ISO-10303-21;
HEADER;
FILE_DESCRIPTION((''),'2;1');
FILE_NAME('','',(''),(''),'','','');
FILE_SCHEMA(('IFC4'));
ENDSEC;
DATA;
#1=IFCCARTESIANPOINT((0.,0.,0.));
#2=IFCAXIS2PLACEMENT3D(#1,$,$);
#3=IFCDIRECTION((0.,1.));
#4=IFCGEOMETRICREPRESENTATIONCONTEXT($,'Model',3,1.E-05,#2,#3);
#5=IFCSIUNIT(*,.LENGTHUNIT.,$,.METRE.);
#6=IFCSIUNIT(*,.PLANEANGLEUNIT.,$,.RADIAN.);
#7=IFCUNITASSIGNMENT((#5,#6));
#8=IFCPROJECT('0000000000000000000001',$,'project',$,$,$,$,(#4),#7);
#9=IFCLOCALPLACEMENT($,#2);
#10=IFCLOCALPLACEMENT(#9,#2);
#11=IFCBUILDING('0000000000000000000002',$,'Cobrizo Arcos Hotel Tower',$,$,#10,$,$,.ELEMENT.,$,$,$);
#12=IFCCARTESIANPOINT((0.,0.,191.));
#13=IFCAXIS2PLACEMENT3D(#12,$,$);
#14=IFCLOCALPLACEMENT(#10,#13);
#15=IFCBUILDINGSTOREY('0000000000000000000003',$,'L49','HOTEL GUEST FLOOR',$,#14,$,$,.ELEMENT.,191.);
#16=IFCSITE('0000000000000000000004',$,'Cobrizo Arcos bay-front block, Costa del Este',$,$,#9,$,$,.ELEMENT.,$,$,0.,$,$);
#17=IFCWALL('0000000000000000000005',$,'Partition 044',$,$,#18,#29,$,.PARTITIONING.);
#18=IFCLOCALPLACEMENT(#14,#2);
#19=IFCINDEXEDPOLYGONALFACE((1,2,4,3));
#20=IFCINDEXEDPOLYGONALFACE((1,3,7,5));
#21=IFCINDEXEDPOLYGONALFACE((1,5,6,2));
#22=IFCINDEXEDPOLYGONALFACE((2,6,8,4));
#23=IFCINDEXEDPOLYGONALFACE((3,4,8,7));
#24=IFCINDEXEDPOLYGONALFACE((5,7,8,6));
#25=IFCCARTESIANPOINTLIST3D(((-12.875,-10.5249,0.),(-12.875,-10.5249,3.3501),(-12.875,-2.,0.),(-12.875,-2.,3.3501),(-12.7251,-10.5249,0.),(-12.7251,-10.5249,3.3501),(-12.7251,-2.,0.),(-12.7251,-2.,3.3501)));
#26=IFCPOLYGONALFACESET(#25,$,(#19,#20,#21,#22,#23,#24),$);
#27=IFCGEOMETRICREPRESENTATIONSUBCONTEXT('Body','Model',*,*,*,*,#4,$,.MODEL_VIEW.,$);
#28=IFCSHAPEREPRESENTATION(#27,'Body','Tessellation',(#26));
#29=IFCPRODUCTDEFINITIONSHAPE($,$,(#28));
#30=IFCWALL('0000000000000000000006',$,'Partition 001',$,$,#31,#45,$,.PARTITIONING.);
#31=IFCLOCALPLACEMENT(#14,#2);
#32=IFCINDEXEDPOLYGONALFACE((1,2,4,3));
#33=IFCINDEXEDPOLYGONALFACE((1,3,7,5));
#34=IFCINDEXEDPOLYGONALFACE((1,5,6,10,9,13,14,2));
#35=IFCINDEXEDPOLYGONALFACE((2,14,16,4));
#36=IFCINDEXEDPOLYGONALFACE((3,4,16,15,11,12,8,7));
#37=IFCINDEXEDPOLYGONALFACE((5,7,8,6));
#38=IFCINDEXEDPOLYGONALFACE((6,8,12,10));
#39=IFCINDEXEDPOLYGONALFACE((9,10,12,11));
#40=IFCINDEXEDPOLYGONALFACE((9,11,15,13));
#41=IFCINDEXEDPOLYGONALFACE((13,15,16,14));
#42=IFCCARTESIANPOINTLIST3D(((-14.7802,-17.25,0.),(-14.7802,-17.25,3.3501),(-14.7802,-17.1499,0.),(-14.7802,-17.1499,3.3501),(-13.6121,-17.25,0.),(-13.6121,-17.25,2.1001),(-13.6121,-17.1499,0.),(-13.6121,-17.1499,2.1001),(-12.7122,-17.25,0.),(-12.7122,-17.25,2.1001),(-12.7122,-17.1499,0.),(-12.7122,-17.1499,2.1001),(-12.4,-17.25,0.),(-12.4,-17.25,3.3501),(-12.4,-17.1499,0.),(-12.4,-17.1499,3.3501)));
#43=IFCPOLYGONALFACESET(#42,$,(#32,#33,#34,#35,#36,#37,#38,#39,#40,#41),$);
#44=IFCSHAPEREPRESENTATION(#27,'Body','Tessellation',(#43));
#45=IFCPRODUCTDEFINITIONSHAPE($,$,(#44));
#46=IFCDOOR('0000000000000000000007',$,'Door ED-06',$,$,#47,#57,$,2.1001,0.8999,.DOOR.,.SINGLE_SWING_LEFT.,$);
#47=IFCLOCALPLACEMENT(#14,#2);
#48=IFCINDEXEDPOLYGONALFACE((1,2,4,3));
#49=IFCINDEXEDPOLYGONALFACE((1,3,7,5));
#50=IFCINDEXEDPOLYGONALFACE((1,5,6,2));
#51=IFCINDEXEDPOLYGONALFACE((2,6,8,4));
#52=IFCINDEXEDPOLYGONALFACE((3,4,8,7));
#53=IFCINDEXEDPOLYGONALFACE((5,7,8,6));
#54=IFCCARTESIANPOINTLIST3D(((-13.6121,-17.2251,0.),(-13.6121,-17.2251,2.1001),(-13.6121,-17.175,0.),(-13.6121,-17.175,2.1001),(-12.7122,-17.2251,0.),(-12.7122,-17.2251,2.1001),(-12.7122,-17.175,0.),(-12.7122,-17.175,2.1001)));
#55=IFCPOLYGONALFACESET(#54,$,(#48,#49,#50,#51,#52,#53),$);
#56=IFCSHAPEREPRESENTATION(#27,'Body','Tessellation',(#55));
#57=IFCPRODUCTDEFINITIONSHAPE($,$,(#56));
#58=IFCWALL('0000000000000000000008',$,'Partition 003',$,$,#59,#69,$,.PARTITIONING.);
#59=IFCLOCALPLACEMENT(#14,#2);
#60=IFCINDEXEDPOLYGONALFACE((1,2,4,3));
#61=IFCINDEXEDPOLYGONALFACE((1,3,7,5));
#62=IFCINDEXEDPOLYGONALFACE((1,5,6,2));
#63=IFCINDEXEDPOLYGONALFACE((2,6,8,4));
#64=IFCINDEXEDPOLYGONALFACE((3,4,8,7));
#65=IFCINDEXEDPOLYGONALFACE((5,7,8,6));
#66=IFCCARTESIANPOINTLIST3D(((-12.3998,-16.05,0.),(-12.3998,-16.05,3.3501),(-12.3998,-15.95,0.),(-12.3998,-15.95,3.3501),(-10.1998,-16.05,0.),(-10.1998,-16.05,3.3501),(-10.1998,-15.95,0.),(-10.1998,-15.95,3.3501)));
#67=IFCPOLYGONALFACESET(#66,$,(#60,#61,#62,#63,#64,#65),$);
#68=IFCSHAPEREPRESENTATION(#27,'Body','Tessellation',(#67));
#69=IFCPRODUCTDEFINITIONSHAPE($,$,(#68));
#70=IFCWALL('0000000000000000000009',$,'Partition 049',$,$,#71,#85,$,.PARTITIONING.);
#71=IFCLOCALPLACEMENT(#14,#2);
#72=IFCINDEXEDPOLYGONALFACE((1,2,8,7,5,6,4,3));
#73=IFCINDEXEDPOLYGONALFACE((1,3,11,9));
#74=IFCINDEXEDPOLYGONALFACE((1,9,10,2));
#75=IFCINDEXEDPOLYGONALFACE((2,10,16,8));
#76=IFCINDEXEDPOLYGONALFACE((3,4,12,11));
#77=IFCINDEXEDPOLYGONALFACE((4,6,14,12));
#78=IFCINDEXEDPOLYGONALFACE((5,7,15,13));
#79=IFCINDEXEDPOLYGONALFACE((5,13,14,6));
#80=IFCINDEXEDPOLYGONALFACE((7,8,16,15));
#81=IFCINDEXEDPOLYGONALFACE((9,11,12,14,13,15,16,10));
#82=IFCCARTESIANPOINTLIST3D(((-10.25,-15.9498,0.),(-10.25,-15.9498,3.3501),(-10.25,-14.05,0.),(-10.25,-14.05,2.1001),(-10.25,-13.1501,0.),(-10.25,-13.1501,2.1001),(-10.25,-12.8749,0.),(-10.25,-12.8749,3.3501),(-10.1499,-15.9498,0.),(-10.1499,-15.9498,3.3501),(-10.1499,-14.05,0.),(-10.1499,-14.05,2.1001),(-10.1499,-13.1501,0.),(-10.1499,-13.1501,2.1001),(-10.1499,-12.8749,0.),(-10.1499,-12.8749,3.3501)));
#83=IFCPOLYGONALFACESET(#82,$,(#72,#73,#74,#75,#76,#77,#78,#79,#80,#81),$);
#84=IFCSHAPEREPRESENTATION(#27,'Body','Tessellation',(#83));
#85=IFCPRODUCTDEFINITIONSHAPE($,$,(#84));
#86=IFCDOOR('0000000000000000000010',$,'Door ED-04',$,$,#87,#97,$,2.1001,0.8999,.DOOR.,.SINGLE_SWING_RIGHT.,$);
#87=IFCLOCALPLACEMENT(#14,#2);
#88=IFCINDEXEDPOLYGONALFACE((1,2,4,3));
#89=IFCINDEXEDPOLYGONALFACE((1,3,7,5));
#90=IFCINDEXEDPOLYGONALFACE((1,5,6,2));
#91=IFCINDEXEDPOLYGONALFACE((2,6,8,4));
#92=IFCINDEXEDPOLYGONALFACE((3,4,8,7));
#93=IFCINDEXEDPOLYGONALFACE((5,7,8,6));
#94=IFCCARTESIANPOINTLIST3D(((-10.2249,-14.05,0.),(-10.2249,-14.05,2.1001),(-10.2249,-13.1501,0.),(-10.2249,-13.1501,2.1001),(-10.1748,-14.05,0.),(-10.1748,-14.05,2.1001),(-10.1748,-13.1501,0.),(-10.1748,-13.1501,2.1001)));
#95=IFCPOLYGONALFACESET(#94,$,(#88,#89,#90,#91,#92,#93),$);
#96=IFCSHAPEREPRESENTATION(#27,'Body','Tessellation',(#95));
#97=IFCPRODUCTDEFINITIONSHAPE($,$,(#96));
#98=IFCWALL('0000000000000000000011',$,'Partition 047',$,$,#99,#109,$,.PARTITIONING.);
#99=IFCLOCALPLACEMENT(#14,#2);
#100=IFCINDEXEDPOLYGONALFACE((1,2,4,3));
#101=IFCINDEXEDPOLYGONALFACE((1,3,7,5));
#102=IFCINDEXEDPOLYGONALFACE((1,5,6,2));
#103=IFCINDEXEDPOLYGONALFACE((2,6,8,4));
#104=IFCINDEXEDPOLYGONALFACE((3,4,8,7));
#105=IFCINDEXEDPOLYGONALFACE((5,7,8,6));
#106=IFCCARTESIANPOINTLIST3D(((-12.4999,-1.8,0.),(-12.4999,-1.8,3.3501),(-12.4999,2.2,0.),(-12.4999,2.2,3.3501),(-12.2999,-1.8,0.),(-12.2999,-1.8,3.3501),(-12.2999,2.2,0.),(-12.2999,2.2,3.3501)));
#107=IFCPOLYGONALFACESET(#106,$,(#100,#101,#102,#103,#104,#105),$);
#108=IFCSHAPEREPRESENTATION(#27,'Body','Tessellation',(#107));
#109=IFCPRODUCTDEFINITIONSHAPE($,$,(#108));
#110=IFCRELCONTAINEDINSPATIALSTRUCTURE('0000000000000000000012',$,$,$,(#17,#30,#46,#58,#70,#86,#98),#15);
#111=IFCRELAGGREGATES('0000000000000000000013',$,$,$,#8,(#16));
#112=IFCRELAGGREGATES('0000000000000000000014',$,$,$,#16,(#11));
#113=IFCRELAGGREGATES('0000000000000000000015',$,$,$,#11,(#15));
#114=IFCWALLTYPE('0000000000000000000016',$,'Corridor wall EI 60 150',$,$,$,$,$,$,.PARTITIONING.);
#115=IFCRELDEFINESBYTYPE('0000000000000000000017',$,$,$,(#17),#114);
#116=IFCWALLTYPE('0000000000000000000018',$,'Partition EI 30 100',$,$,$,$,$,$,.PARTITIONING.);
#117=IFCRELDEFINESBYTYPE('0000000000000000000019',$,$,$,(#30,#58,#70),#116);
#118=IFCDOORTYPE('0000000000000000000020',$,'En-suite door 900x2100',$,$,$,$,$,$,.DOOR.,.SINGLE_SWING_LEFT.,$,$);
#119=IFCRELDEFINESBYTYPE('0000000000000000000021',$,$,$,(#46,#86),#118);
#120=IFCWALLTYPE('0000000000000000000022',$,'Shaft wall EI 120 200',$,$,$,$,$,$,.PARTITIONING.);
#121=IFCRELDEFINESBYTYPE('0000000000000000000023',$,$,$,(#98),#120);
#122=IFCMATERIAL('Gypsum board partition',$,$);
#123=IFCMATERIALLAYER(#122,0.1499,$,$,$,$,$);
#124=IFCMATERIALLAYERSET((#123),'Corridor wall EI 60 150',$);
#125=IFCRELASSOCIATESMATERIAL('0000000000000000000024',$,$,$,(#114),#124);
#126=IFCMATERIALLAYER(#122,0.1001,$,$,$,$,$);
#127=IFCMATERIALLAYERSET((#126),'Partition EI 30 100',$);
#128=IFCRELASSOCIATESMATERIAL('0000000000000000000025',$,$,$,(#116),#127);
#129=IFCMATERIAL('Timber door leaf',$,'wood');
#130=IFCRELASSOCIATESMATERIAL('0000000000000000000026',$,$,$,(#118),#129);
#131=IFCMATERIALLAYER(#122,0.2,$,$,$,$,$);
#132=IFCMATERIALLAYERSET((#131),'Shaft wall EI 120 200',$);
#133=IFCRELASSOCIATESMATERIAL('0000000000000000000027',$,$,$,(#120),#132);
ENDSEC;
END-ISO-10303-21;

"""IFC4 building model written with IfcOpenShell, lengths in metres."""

from ifc_helpers import new_model, si_unit, direction, frame, frame_2d, origin, place, context, subcontext, project, spatial, rectangle, extrude, material, layer, layer_set, type_object, element, fill, save


model = new_model("IFC4")

# Units and contexts
model_context = context("Model", 3, precision=1e-05, world=origin(), true_north=direction((0.0, 1.0)))
body_context = subcontext(model_context, "Body", "Model", "MODEL_VIEW")
ifc_project = project(units=[si_unit("LENGTHUNIT", "METRE"), si_unit("PLANEANGLEUNIT", "RADIAN")], contexts=[model_context])

# Site, building, storey
site_placement = place(None, origin())
site = spatial("IfcSite", under=ifc_project, at=site_placement, Name="Cobrizo Arcos bay-front block, Costa del Este", CompositionType="ELEMENT", RefElevation=0.0)
building_placement = place(site_placement, origin())
building = spatial("IfcBuilding", under=site, at=building_placement, Name="Cobrizo Arcos Hotel Tower", CompositionType="ELEMENT")
storey_placement = place(building_placement, frame((0.0, 0.0, 191.0)))
storey = spatial("IfcBuildingStorey", under=building, at=storey_placement, Name="L49", Description="HOTEL GUEST FLOOR", CompositionType="ELEMENT", Elevation=191.0)

# Wall
ifc_material_1 = material(Name="Gypsum board partition")
ifc_layer_1 = layer(ifc_material_1, 0.1499)
ifc_layer_set_1 = layer_set([ifc_layer_1], Name="Corridor wall EI 60 150")
wall_type_1 = type_object("IfcWallType", Name="Corridor wall EI 60 150", PredefinedType="PARTITIONING", material=ifc_layer_set_1)
wall_1_placement = place(storey_placement, frame((-12.8, -10.5249, 0.0), z_axis=(0.0, 0.0, 1.0), x_axis=(0.0, 1.0, 0.0)))
element("IfcWall", 1, at=wall_1_placement, inside=storey, type_object=wall_type_1, Name="Partition 044", PredefinedType="PARTITIONING", context=body_context, shape_type="SweptSolid", body=[
    extrude(rectangle(XDim=8.5249, YDim=0.1499, at=frame_2d((4.2625, 0.0))), origin(), (0.0, 0.0, 1.0), 3.3501),
])

# Wall, opening, door
ifc_layer_2 = layer(ifc_material_1, 0.1001)
ifc_layer_set_2 = layer_set([ifc_layer_2], Name="Partition EI 30 100")
wall_type_2 = type_object("IfcWallType", Name="Partition EI 30 100", PredefinedType="PARTITIONING", material=ifc_layer_set_2)
wall_2_placement = place(storey_placement, frame((-14.78, -17.2, 0.0), z_axis=(0.0, 0.0, 1.0), x_axis=(1.0, 0.0, 0.0)))
wall_2 = element("IfcWall", 2, at=wall_2_placement, inside=storey, type_object=wall_type_2, Name="Partition 001", PredefinedType="PARTITIONING", context=body_context, shape_type="SweptSolid", body=[
    extrude(rectangle(XDim=2.3801, YDim=0.1001, at=frame_2d((1.1899, 0.0))), origin(), (0.0, 0.0, 1.0), 3.3501),
])
opening_1_placement = place(wall_2_placement, frame((1.168, 0.0, 0.0)))
opening_1 = element("IfcOpeningElement", 3, at=opening_1_placement, cuts=wall_2, PredefinedType="OPENING", context=body_context, shape_type="SweptSolid", body=[
    extrude(rectangle(XDim=0.8999, YDim=2.1001, at=frame_2d((0.45, 1.05))), frame((0.0, 0.062, 0.0), z_axis=(0.0, -1.0, 0.0), x_axis=(1.0, 0.0, 0.0)), (0.0, 0.0, 1.0), 0.124),
])
ifc_material_2 = material(Name="Timber door leaf", Category="wood")
door_type = type_object("IfcDoorType", Name="En-suite door 900x2100", OperationType="SINGLE_SWING_LEFT", PredefinedType="DOOR", material=ifc_material_2)
door_1_placement = place(opening_1_placement, origin())
door_1 = element("IfcDoor", 4, at=door_1_placement, inside=storey, type_object=door_type, Name="Door ED-06", OperationType="SINGLE_SWING_LEFT", OverallHeight=2.1001, OverallWidth=0.8999, PredefinedType="DOOR", context=body_context, shape_type="SweptSolid", body=[
    extrude(rectangle(XDim=0.8999, YDim=2.1001, at=frame_2d((0.45, 1.05))), frame((0.0, 0.0249, 0.0), z_axis=(0.0, -1.0, 0.0), x_axis=(1.0, 0.0, 0.0)), (0.0, 0.0, 1.0), 0.05),
])
fill(opening_1, door_1)

# Wall
wall_3_placement = place(storey_placement, frame((-12.3999, -16.0, 0.0), z_axis=(0.0, 0.0, 1.0), x_axis=(1.0, 0.0, 0.0)))
element("IfcWall", 5, at=wall_3_placement, inside=storey, type_object=wall_type_2, Name="Partition 003", PredefinedType="PARTITIONING", context=body_context, shape_type="SweptSolid", body=[
    extrude(rectangle(XDim=2.2, YDim=0.1001, at=frame_2d((1.1001, 0.0))), origin(), (0.0, 0.0, 1.0), 3.3501),
])

# Wall, opening, door
wall_4_placement = place(storey_placement, frame((-10.2, -15.95, 0.0), z_axis=(0.0, 0.0, 1.0), x_axis=(0.0, 1.0, 0.0)))
wall_4 = element("IfcWall", 6, at=wall_4_placement, inside=storey, type_object=wall_type_2, Name="Partition 049", PredefinedType="PARTITIONING", context=body_context, shape_type="SweptSolid", body=[
    extrude(rectangle(XDim=3.075, YDim=0.1001, at=frame_2d((1.5376, 0.0))), origin(), (0.0, 0.0, 1.0), 3.3501),
])
opening_2_placement = place(wall_4_placement, frame((1.8999, 0.0, 0.0)))
opening_2 = element("IfcOpeningElement", 7, at=opening_2_placement, cuts=wall_4, PredefinedType="OPENING", context=body_context, shape_type="SweptSolid", body=[
    extrude(rectangle(XDim=0.8999, YDim=2.1001, at=frame_2d((0.45, 1.05))), frame((0.0, 0.062, 0.0), z_axis=(0.0, -1.0, 0.0), x_axis=(1.0, 0.0, 0.0)), (0.0, 0.0, 1.0), 0.124),
])
door_2_placement = place(opening_2_placement, origin())
door_2 = element("IfcDoor", 8, at=door_2_placement, inside=storey, type_object=door_type, Name="Door ED-04", OperationType="SINGLE_SWING_RIGHT", OverallHeight=2.1001, OverallWidth=0.8999, PredefinedType="DOOR", context=body_context, shape_type="SweptSolid", body=[
    extrude(rectangle(XDim=0.8999, YDim=2.1001, at=frame_2d((0.45, 1.05))), frame((0.0, 0.0249, 0.0), z_axis=(0.0, -1.0, 0.0), x_axis=(1.0, 0.0, 0.0)), (0.0, 0.0, 1.0), 0.05),
])
fill(opening_2, door_2)

# Wall
ifc_layer_3 = layer(ifc_material_1, 0.2)
ifc_layer_set_3 = layer_set([ifc_layer_3], Name="Shaft wall EI 120 200")
wall_type_3 = type_object("IfcWallType", Name="Shaft wall EI 120 200", PredefinedType="PARTITIONING", material=ifc_layer_set_3)
wall_5_placement = place(storey_placement, frame((-12.3999, -1.8, 0.0), z_axis=(0.0, 0.0, 1.0), x_axis=(0.0, 1.0, 0.0)))
element("IfcWall", 9, at=wall_5_placement, inside=storey, type_object=wall_type_3, Name="Partition 047", PredefinedType="PARTITIONING", context=body_context, shape_type="SweptSolid", body=[
    extrude(rectangle(XDim=4.0, YDim=0.2, at=frame_2d((2.0, 0.0))), origin(), (0.0, 0.0, 1.0), 3.3501),
])

save(model, "model.ifc")
